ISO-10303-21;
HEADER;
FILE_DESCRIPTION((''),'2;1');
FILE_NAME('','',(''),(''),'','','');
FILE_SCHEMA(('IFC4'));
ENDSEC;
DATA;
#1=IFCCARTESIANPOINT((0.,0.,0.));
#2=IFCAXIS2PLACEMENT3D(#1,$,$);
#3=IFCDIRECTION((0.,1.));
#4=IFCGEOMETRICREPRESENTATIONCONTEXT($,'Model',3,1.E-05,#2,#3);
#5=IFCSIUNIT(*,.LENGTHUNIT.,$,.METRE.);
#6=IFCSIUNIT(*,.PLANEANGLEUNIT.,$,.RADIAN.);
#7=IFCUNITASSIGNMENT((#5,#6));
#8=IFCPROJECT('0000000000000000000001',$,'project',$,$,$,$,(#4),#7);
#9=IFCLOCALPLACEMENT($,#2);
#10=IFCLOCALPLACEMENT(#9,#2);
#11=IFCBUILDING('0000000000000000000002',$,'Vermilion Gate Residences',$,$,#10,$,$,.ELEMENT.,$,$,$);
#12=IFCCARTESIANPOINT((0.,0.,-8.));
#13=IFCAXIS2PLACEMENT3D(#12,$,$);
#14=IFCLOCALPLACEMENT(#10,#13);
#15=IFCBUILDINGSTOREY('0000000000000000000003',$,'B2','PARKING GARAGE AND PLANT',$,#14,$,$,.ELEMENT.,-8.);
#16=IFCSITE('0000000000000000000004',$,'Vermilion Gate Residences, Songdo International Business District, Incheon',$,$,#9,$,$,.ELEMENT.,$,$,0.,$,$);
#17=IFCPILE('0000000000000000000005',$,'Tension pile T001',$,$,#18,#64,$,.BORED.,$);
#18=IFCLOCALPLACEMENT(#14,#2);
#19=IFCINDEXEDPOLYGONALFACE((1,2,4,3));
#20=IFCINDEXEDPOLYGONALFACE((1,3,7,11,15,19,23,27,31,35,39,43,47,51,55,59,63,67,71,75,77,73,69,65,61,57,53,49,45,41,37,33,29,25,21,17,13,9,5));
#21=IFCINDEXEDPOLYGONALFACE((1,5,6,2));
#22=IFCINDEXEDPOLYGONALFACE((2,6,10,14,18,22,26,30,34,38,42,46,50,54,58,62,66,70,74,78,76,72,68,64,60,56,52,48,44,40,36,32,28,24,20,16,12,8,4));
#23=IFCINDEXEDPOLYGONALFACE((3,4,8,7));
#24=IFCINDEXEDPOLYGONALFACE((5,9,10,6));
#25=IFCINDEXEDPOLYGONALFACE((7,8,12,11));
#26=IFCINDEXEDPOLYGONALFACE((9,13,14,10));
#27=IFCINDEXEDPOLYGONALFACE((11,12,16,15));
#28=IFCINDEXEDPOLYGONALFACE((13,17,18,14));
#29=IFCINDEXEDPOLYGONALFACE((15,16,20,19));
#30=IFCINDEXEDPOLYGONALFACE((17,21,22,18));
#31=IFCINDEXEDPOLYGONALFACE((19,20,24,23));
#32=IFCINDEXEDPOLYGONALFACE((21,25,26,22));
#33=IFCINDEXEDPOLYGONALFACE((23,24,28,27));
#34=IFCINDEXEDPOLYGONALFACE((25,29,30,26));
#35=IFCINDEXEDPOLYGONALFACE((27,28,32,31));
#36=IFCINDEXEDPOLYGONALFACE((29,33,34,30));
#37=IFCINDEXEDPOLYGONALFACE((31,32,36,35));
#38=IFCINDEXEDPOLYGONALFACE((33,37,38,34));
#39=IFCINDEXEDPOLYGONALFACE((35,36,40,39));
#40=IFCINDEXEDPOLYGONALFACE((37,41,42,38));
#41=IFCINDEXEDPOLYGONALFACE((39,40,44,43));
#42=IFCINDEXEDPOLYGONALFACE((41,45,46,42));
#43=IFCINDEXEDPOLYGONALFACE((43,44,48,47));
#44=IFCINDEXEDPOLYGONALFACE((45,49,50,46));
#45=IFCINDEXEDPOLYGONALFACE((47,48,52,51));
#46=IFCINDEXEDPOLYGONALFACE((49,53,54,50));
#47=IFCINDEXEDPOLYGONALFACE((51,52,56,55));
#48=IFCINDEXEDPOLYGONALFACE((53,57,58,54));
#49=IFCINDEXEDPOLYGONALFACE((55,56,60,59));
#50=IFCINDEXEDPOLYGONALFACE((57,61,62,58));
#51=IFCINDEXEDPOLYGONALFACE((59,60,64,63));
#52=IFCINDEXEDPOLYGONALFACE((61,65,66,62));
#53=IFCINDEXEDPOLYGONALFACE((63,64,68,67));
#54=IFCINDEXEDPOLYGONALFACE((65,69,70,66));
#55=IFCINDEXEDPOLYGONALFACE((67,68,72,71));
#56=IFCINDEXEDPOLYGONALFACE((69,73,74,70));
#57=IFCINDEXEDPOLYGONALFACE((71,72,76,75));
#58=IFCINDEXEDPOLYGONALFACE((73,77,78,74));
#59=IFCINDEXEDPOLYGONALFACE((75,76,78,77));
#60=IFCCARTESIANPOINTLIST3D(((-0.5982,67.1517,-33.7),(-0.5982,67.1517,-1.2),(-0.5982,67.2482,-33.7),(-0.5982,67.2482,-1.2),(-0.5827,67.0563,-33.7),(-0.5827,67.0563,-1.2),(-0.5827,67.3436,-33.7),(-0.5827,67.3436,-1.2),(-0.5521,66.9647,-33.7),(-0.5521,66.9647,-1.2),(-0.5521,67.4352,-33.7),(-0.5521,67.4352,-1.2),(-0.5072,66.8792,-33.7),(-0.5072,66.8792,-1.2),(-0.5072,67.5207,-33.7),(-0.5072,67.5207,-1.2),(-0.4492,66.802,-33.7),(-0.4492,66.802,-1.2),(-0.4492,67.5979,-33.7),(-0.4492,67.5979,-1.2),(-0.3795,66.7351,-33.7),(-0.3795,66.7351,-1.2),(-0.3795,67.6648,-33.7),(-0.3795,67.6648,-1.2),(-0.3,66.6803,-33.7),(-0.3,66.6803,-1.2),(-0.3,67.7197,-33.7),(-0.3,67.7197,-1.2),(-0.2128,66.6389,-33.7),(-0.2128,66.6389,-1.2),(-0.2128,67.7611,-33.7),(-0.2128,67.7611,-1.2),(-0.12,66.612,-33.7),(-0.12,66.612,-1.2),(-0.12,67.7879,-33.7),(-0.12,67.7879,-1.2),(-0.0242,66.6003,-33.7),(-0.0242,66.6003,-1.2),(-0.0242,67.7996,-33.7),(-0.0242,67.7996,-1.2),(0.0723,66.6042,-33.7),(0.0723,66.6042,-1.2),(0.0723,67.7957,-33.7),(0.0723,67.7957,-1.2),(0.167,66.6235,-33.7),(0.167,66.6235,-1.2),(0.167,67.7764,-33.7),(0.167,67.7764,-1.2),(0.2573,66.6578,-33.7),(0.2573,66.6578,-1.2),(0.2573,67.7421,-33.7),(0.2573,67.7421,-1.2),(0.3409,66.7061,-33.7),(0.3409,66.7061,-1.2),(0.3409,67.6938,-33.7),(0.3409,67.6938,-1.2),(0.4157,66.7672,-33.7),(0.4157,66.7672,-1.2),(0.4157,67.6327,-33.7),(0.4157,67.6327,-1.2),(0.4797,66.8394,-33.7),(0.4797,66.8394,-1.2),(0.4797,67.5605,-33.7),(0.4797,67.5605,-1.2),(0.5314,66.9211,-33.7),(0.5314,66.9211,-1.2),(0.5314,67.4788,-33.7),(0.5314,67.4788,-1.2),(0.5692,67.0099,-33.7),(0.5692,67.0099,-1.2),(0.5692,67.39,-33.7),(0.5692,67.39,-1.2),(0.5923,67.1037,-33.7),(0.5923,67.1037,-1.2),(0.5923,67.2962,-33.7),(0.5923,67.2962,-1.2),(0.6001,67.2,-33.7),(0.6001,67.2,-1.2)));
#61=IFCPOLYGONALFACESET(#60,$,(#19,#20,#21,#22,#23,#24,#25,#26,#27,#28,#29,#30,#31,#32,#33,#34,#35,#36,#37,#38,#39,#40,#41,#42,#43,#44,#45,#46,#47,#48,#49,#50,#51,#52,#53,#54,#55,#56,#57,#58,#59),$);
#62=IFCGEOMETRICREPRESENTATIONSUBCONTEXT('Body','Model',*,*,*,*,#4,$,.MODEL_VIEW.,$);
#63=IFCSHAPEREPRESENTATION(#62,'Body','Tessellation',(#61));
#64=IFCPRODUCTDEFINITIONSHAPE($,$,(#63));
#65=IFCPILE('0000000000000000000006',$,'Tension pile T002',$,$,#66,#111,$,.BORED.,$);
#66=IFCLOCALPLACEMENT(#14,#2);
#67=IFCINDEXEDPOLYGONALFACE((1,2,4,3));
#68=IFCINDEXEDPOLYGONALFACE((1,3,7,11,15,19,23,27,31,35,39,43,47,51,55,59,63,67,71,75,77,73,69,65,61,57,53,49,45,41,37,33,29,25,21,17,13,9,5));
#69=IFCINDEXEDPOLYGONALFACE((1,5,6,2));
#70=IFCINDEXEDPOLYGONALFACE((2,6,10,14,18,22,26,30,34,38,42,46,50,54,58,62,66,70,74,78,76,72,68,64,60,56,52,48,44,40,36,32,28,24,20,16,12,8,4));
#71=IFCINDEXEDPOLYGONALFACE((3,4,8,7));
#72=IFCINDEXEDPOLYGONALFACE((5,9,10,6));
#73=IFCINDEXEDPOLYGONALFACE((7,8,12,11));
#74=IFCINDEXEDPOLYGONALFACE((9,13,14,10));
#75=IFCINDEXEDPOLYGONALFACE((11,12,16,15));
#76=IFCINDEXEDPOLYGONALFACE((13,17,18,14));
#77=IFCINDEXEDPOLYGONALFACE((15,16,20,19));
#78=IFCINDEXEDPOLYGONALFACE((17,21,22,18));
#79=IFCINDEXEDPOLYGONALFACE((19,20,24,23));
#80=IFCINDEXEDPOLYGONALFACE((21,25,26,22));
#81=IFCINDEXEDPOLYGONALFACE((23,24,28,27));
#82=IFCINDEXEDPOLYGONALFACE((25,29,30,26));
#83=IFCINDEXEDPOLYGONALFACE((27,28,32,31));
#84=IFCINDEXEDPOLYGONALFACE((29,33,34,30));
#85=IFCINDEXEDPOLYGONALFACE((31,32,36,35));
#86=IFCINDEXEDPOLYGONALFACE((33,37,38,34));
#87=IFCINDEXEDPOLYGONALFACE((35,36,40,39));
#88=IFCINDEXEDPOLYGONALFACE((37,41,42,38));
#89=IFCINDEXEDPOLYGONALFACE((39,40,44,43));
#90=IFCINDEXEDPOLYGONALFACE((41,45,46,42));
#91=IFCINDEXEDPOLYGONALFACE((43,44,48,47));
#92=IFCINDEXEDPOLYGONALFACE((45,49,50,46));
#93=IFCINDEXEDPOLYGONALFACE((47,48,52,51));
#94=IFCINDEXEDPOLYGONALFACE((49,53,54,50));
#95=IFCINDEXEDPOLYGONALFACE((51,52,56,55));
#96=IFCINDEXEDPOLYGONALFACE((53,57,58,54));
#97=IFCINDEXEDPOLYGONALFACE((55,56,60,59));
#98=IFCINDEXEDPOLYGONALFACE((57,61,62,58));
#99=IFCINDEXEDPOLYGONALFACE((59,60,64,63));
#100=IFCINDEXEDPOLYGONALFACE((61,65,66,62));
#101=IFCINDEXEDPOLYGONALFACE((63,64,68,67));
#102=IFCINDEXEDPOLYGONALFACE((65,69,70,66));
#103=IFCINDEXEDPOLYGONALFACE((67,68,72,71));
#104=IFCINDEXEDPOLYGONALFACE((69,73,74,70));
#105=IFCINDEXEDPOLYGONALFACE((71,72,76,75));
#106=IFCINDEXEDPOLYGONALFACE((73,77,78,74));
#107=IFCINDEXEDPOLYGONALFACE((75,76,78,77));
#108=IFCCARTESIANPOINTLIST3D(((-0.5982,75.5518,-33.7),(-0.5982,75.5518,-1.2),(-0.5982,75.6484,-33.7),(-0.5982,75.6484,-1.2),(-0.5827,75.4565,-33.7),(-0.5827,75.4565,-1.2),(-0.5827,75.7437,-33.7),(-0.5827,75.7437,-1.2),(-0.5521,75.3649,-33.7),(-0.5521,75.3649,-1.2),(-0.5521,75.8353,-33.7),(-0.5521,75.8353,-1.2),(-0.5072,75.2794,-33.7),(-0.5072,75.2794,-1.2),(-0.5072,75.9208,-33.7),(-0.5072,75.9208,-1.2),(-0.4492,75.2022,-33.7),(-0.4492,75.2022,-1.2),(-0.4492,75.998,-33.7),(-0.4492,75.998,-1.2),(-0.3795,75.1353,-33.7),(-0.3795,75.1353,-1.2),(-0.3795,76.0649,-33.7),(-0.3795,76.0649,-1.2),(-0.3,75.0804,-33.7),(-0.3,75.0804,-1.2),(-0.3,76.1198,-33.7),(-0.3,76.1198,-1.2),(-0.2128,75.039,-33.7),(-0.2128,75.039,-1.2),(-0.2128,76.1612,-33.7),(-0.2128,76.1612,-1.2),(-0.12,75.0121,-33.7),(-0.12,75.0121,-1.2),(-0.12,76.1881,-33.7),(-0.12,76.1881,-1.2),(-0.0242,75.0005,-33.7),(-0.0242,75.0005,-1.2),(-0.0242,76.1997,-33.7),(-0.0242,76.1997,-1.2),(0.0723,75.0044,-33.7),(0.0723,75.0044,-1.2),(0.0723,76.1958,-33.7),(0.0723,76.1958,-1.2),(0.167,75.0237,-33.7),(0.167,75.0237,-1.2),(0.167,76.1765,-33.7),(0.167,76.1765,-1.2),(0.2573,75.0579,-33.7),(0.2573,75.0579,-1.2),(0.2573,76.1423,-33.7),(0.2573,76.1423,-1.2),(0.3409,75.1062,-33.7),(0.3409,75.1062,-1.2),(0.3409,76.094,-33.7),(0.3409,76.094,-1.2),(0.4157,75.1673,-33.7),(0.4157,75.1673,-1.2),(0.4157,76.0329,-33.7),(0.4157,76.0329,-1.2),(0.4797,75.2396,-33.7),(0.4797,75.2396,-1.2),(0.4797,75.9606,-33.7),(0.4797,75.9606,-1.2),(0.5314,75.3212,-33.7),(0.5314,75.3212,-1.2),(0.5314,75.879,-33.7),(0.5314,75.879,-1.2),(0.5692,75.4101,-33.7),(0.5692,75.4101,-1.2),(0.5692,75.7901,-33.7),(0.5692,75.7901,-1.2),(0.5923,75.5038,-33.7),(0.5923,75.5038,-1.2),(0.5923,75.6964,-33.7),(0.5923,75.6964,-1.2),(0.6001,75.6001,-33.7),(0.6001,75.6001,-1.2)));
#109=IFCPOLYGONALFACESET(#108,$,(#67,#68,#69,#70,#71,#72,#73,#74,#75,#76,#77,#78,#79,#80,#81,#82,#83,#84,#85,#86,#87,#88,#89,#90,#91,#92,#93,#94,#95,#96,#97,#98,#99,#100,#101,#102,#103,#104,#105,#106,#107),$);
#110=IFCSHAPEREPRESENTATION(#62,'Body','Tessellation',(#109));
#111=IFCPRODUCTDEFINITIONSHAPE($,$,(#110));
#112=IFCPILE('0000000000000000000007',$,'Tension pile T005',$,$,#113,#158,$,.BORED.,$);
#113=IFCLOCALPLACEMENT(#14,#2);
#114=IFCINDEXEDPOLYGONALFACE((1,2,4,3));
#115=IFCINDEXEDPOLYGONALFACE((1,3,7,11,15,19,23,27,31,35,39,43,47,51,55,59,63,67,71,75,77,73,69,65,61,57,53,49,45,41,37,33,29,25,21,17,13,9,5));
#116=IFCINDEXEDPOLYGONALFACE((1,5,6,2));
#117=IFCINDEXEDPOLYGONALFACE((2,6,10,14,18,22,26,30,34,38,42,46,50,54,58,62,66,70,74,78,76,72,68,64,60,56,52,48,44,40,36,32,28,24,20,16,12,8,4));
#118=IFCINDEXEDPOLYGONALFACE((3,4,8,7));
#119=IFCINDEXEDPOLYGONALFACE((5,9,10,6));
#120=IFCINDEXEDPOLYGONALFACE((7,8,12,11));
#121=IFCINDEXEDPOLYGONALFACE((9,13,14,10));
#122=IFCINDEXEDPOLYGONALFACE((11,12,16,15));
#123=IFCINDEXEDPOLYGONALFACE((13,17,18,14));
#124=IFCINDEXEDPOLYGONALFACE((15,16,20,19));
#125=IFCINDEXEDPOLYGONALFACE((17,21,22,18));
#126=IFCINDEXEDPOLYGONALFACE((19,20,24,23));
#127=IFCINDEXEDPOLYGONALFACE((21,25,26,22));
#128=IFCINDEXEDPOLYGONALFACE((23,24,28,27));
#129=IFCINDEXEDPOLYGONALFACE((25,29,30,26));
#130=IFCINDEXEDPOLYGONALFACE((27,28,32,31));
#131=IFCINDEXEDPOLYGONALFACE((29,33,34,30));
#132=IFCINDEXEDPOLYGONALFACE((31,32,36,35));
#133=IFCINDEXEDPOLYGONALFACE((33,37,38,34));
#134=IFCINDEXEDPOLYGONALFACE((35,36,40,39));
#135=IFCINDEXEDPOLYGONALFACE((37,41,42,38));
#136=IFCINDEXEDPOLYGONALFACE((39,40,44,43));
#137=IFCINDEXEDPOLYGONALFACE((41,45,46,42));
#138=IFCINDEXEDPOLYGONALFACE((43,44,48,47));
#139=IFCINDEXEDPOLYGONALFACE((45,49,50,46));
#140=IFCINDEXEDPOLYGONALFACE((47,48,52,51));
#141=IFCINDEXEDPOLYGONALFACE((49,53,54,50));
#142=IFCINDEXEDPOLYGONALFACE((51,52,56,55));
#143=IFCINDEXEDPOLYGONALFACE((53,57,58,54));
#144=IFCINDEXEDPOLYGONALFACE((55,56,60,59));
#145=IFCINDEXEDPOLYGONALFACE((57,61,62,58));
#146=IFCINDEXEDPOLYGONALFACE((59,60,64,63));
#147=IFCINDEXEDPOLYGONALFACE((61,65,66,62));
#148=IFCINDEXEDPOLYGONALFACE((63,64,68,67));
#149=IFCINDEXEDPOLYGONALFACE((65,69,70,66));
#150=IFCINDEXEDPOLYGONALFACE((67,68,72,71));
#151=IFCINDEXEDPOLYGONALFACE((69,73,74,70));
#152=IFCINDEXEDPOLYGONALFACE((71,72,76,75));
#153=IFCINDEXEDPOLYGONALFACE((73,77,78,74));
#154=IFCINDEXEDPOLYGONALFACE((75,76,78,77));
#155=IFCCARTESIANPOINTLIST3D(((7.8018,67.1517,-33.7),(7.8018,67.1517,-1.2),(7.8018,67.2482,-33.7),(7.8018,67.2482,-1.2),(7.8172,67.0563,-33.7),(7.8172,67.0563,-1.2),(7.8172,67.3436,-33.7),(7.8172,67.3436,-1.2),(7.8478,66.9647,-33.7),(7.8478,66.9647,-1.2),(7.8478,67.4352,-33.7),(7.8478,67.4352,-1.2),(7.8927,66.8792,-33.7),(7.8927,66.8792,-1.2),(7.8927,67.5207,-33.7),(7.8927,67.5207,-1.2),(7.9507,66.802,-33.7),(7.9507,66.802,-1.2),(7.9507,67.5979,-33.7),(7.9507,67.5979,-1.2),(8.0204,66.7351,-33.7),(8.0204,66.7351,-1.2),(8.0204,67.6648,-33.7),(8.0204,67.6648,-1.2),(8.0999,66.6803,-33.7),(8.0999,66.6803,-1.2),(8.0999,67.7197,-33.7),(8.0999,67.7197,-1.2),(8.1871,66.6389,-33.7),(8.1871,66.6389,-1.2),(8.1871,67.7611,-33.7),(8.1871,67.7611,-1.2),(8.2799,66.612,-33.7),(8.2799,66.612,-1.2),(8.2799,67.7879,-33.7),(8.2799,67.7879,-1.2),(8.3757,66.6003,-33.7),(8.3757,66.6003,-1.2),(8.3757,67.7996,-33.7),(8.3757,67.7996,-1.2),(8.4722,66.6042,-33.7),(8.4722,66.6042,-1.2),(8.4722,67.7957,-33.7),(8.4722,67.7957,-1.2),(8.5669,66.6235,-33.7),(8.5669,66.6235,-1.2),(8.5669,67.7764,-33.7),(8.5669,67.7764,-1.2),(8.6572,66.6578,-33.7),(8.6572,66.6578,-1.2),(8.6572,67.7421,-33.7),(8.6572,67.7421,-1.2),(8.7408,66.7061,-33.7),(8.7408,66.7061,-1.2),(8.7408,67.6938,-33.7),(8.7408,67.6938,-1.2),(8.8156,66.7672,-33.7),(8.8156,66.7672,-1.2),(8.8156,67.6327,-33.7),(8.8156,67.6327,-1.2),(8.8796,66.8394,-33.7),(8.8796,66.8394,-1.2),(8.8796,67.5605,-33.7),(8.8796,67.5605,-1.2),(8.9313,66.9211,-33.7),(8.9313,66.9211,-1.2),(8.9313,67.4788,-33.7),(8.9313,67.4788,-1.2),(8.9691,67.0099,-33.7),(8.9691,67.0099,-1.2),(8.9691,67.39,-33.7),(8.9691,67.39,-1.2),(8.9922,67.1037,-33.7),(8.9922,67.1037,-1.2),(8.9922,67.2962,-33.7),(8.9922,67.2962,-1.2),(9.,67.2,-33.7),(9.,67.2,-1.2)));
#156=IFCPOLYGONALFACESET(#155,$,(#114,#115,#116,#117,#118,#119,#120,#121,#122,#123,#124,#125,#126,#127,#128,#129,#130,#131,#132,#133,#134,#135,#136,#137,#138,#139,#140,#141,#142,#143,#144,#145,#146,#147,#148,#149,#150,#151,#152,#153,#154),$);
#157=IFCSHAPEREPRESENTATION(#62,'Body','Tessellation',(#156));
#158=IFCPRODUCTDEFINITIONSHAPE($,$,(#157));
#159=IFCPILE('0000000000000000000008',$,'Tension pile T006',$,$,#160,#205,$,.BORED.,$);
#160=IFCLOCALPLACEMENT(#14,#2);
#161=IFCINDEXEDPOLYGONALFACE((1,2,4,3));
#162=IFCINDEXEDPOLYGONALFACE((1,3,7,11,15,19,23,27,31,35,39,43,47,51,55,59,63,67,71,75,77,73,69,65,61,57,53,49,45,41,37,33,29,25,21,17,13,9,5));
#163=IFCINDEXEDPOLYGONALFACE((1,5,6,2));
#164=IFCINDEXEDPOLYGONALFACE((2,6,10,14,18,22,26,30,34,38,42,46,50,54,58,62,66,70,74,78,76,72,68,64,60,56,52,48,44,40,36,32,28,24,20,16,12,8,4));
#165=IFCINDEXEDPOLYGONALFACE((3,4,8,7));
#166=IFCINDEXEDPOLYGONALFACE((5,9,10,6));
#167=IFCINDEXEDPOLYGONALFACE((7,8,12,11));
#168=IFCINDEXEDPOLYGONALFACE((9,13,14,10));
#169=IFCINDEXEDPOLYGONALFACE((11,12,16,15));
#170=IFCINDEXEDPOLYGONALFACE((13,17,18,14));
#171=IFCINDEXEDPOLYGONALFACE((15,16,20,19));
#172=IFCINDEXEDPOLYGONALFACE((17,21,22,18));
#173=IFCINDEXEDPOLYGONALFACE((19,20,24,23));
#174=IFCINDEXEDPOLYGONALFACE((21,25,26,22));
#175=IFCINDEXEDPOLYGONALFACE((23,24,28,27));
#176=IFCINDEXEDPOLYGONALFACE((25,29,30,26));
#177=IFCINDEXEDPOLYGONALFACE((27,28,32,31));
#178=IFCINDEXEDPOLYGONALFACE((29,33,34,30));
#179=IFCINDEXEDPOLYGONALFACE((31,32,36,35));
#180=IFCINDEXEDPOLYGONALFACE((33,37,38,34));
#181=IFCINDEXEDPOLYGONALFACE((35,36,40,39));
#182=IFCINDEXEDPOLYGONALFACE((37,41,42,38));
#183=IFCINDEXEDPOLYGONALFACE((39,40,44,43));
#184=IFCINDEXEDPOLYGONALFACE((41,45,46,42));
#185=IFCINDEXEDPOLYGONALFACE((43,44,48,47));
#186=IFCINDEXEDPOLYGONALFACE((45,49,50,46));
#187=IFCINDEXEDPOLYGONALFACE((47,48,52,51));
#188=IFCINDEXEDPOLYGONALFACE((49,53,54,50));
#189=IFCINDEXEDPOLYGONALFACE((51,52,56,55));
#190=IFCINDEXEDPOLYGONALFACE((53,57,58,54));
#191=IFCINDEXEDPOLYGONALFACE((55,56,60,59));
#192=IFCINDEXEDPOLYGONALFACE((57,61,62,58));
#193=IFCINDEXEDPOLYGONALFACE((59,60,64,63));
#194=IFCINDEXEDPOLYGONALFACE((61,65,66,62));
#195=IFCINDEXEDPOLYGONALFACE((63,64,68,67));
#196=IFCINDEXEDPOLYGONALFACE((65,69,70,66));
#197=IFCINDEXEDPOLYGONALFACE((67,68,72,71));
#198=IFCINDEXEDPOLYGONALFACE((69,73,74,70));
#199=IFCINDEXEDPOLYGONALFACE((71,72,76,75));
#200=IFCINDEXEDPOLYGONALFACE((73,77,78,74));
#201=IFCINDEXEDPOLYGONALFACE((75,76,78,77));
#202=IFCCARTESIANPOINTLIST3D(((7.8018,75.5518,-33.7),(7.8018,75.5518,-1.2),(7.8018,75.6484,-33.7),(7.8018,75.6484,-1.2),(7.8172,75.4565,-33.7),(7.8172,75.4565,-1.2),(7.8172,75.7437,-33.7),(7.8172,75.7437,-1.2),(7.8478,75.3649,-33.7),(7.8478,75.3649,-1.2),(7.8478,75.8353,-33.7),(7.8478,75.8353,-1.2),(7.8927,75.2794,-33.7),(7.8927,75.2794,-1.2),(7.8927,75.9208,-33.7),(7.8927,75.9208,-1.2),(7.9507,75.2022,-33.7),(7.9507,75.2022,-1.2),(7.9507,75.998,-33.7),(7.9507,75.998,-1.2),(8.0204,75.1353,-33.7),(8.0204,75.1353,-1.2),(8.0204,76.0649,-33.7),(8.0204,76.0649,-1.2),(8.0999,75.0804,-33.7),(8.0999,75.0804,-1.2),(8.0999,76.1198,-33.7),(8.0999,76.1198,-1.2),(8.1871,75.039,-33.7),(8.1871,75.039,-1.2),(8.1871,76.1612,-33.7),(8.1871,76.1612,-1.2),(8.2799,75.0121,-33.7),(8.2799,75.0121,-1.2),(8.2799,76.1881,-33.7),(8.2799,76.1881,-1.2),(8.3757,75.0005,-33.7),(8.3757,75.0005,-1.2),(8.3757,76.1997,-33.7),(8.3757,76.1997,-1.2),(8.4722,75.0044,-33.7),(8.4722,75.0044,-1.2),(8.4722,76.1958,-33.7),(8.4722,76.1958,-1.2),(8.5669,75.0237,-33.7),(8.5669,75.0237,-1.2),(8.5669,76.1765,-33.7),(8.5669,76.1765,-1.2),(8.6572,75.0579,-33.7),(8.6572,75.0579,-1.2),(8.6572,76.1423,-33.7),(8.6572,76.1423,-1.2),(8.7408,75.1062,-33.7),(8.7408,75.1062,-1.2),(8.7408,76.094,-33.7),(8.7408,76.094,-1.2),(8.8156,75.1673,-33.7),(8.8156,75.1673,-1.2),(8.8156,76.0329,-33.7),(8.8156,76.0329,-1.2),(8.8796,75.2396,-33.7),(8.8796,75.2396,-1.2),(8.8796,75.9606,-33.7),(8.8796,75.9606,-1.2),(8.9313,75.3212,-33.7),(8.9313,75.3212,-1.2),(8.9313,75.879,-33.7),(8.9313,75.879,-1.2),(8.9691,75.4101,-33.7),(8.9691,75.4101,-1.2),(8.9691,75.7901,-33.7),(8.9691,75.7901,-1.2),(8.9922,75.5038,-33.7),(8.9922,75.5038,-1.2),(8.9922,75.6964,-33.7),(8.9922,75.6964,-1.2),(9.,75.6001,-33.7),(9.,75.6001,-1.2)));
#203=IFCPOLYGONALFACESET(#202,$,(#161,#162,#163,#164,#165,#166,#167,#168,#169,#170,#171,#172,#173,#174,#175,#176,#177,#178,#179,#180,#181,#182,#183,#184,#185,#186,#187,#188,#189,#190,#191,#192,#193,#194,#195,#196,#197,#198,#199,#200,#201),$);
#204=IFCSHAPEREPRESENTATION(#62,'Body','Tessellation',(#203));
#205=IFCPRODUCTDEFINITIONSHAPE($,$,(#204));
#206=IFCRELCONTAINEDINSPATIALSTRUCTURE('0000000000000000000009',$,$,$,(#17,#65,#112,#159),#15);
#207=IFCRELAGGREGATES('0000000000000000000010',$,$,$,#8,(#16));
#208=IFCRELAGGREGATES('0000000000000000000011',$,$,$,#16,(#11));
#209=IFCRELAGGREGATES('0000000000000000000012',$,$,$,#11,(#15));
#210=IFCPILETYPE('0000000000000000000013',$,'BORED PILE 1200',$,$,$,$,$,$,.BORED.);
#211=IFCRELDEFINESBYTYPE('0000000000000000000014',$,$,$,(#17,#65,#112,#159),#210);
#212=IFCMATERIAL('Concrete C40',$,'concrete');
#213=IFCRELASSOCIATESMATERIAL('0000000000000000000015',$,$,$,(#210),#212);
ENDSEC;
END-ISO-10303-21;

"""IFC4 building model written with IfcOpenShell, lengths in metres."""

from ifc_helpers import new_model, si_unit, direction, frame, origin, origin_2d, place, context, subcontext, project, spatial, circle, extrude, material, material_profile, profile_set, type_object, element, save


model = new_model("IFC4")

# Units and contexts
model_context = context("Model", 3, precision=1e-05, world=origin(), true_north=direction((0.0, 1.0)))
body_context = subcontext(model_context, "Body", "Model", "MODEL_VIEW")
ifc_project = project(units=[si_unit("LENGTHUNIT", "METRE"), si_unit("PLANEANGLEUNIT", "RADIAN")], contexts=[model_context])

# Site, building, storey
site_placement = place(None, origin())
site = spatial("IfcSite", under=ifc_project, at=site_placement, Name="Vermilion Gate Residences, Songdo International Business District, Incheon", CompositionType="ELEMENT", RefElevation=0.0)
building_placement = place(site_placement, origin())
building = spatial("IfcBuilding", under=site, at=building_placement, Name="Vermilion Gate Residences", CompositionType="ELEMENT")
storey_placement = place(building_placement, frame((0.0, 0.0, -8.0)))
storey = spatial("IfcBuildingStorey", under=building, at=storey_placement, Name="B2", Description="PARKING GARAGE AND PLANT", CompositionType="ELEMENT", Elevation=-8.0)

# Piles
ifc_material_1 = material(Name="Concrete C40", Category="concrete")
ifc_material_profile_1 = material_profile(ifc_material_1, circle(Radius=0.6001, at=origin_2d()), Name="BORED PILE 1200")
ifc_profile_set_1 = profile_set([ifc_material_profile_1], Name="Concrete C40")
pile_type = type_object("IfcPileType", Name="BORED PILE 1200", PredefinedType="BORED", material=ifc_profile_set_1)
for number, where, z_axis, x_axis, name in (
    (1, (0.0, 67.2, -1.2), (0.0, 0.0, -1.0), (1.0, 0.0, 0.0), "Tension pile T001"),
    (2, (0.0, 75.6001, -1.2), (0.0, 0.0, -1.0), (1.0, 0.0, 0.0), "Tension pile T002"),
    (3, (8.3999, 67.2, -1.2), (0.0, 0.0, -1.0), (1.0, 0.0, 0.0), "Tension pile T005"),
    (4, (8.3999, 75.6001, -1.2), (0.0, 0.0, -1.0), (1.0, 0.0, 0.0), "Tension pile T006"),
):
    element("IfcPile", number, at=place(storey_placement, frame(where, z_axis=z_axis, x_axis=x_axis)), inside=storey, type_object=pile_type, Name=name, PredefinedType="BORED", context=body_context, shape_type="SweptSolid", body=[
        extrude(circle(Radius=0.6001, at=origin_2d()), origin(), (0.0, 0.0, 1.0), 32.5),
    ])

save(model, "model.ifc")
